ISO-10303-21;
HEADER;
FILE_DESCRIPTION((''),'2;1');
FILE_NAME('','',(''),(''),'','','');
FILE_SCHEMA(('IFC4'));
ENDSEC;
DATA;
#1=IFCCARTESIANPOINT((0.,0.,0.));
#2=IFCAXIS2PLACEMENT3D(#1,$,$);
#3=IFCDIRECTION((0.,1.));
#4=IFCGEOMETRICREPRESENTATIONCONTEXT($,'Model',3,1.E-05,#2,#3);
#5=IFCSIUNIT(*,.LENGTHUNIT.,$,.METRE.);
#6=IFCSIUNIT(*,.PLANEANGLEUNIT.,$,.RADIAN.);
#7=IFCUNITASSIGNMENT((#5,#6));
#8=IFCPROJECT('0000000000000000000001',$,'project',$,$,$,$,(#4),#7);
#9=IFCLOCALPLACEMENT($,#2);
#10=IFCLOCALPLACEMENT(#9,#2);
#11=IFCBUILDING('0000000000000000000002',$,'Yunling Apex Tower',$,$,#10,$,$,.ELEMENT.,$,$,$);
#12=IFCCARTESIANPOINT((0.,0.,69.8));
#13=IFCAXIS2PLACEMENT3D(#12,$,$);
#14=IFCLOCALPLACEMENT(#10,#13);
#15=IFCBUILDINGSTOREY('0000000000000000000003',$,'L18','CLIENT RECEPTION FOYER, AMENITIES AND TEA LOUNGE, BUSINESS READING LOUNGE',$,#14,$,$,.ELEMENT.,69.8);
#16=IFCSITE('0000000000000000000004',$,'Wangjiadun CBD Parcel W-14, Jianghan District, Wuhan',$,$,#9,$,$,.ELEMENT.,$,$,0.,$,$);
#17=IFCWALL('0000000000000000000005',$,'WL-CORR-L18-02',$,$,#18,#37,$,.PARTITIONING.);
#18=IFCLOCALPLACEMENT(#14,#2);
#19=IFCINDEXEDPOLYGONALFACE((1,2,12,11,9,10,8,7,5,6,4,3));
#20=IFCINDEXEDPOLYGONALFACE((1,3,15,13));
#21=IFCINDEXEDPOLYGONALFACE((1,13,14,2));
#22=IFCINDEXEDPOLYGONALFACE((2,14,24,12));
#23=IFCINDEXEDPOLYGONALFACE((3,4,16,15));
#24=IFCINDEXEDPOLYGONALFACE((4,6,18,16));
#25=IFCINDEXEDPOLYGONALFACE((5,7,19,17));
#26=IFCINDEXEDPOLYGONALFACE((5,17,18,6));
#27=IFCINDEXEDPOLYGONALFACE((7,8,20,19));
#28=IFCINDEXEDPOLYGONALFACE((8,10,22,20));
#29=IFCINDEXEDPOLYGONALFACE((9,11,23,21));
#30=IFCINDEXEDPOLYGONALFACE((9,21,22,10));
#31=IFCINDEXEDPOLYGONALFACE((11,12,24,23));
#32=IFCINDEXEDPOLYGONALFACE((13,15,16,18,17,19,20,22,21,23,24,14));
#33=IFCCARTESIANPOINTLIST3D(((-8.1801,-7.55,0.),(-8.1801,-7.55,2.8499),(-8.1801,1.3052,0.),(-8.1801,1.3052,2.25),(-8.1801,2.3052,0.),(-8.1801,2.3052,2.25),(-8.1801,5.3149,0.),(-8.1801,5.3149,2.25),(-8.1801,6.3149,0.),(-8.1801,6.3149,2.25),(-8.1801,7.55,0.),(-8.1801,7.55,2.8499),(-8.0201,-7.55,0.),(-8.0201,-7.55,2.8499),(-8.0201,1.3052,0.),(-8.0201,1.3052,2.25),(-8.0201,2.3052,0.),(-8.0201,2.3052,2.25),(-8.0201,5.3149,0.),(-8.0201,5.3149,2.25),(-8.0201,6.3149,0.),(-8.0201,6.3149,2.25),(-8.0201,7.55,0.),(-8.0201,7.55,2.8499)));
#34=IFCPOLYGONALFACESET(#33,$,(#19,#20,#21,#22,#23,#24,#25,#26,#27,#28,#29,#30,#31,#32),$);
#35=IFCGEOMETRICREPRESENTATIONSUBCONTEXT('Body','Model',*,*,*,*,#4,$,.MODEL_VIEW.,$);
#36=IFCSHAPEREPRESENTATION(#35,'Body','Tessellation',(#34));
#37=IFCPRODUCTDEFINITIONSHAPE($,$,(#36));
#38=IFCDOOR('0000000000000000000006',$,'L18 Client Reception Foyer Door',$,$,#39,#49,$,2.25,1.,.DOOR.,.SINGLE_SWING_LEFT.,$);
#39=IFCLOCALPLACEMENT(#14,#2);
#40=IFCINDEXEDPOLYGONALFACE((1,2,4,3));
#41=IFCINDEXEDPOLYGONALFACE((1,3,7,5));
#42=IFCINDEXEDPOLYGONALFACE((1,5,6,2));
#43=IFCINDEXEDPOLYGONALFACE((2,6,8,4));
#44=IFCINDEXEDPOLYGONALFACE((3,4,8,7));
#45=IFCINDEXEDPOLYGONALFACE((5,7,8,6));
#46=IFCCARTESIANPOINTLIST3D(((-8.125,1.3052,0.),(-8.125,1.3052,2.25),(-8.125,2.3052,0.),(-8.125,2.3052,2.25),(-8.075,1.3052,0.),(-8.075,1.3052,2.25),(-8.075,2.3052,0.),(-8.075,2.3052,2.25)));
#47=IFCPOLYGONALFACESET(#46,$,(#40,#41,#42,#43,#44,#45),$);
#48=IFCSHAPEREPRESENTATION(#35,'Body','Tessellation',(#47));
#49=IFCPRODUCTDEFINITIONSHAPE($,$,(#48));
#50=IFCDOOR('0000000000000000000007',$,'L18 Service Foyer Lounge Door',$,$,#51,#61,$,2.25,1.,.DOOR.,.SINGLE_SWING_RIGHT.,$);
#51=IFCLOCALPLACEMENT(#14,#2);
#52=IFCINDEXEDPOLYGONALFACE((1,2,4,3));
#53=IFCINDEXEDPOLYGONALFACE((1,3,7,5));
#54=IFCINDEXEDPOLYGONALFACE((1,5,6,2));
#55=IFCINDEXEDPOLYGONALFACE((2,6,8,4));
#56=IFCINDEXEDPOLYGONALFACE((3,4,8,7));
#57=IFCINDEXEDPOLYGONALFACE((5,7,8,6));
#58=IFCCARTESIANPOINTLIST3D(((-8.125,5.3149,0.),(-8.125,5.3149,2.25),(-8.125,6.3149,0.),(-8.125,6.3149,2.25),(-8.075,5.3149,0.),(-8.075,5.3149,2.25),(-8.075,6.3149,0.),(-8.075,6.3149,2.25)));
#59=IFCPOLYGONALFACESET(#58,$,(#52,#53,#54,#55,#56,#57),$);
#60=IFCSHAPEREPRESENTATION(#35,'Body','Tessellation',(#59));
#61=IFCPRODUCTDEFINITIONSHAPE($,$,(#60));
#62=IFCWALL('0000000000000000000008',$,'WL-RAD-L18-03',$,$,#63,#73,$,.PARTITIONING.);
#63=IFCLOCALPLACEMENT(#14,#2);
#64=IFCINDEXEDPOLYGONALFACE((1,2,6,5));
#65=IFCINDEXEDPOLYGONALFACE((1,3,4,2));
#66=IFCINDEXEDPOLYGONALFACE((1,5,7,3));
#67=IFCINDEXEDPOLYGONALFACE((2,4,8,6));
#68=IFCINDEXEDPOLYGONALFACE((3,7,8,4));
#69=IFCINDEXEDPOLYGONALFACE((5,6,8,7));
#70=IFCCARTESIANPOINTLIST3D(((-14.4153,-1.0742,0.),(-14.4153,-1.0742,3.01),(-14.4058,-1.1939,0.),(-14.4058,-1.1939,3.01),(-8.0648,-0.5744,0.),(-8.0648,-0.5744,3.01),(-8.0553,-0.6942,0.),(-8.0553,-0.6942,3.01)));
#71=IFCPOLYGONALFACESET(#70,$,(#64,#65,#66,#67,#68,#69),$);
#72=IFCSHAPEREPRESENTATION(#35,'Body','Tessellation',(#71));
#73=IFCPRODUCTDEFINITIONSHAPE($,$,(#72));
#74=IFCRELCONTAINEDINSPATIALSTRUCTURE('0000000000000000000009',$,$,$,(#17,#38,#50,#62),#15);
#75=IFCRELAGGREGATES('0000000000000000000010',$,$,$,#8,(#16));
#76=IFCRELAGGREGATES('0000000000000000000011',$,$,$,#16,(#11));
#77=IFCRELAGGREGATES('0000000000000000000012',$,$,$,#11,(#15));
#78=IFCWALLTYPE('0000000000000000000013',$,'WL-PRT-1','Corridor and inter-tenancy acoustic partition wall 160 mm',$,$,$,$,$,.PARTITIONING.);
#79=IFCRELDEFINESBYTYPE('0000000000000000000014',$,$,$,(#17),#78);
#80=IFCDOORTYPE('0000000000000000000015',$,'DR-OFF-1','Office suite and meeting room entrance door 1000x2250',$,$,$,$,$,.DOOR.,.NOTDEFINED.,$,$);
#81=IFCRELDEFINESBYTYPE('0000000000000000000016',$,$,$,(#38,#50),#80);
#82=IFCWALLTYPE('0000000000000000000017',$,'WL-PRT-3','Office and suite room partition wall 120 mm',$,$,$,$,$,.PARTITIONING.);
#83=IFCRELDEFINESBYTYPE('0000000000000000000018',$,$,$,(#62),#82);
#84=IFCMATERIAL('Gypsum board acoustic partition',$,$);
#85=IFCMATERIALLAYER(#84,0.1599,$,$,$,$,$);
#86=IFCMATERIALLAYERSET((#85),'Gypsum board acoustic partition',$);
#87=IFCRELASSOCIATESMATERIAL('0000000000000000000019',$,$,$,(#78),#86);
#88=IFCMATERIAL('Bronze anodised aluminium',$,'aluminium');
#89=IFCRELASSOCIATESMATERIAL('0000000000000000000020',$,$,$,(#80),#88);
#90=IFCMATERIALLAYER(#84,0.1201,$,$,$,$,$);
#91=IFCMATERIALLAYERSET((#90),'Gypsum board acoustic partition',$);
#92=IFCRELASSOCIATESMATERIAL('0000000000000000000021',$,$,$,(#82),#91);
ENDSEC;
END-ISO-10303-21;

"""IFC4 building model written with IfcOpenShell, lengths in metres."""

from ifc_helpers import new_model, si_unit, direction, frame, frame_2d, origin, place, context, subcontext, project, spatial, rectangle, extrude, material, layer, layer_set, type_object, element, fill, save


model = new_model("IFC4")

# Units and contexts
model_context = context("Model", 3, precision=1e-05, world=origin(), true_north=direction((0.0, 1.0)))
body_context = subcontext(model_context, "Body", "Model", "MODEL_VIEW")
ifc_project = project(units=[si_unit("LENGTHUNIT", "METRE"), si_unit("PLANEANGLEUNIT", "RADIAN")], contexts=[model_context])

# Site, building, storey
site_placement = place(None, origin())
site = spatial("IfcSite", under=ifc_project, at=site_placement, Name="Wangjiadun CBD Parcel W-14, Jianghan District, Wuhan", CompositionType="ELEMENT", RefElevation=0.0)
building_placement = place(site_placement, origin())
building = spatial("IfcBuilding", under=site, at=building_placement, Name="Yunling Apex Tower", CompositionType="ELEMENT")
storey_placement = place(building_placement, frame((0.0, 0.0, 69.8)))
storey = spatial("IfcBuildingStorey", under=building, at=storey_placement, Name="L18", Description="CLIENT RECEPTION FOYER, AMENITIES AND TEA LOUNGE, BUSINESS READING LOUNGE", CompositionType="ELEMENT", Elevation=69.8)

# Shared definitions
ifc_material_1 = material(Name="Bronze anodised aluminium", Category="aluminium")

# Wall, openings, doors
ifc_material_2 = material(Name="Gypsum board acoustic partition")
ifc_layer_1 = layer(ifc_material_2, 0.1599)
ifc_layer_set_1 = layer_set([ifc_layer_1], Name="Gypsum board acoustic partition")
wall_type_1 = type_object("IfcWallType", Name="WL-PRT-1", Description="Corridor and inter-tenancy acoustic partition wall 160 mm", PredefinedType="PARTITIONING", material=ifc_layer_set_1)
wall_1_placement = place(storey_placement, frame((-8.1001, -7.55, 0.0), z_axis=(0.0, 0.0, 1.0), x_axis=(0.0, 1.0, 0.0)))
wall_1 = element("IfcWall", 1, at=wall_1_placement, inside=storey, type_object=wall_type_1, Name="WL-CORR-L18-02", PredefinedType="PARTITIONING", context=body_context, shape_type="SweptSolid", body=[
    extrude(rectangle(XDim=15.1001, YDim=0.1599, at=frame_2d((7.55, 0.0))), origin(), (0.0, 0.0, 1.0), 2.8499),
])
opening_1_placement = place(wall_1_placement, frame((8.8552, 0.0, 0.0)))
opening_1 = element("IfcOpeningElement", 2, at=opening_1_placement, cuts=wall_1, PredefinedType="OPENING", context=body_context, shape_type="SweptSolid", body=[
    extrude(rectangle(XDim=1.0, YDim=2.25, at=frame_2d((0.5, 1.125))), frame((0.0, 0.0898, 0.0), z_axis=(0.0, -1.0, 0.0), x_axis=(1.0, 0.0, 0.0)), (0.0, 0.0, 1.0), 0.1799),
])
opening_2_placement = place(wall_1_placement, frame((12.865, 0.0, 0.0)))
opening_2 = element("IfcOpeningElement", 3, at=opening_2_placement, cuts=wall_1, PredefinedType="OPENING", context=body_context, shape_type="SweptSolid", body=[
    extrude(rectangle(XDim=1.0, YDim=2.25, at=frame_2d((0.5, 1.125))), frame((0.0, 0.0898, 0.0), z_axis=(0.0, -1.0, 0.0), x_axis=(1.0, 0.0, 0.0)), (0.0, 0.0, 1.0), 0.1799),
])
door_type = type_object("IfcDoorType", Name="DR-OFF-1", Description="Office suite and meeting room entrance door 1000x2250", OperationType="NOTDEFINED", PredefinedType="DOOR", material=ifc_material_1)
door_1_placement = place(opening_1_placement, origin())
door_1 = element("IfcDoor", 4, at=door_1_placement, inside=storey, type_object=door_type, Name="L18 Client Reception Foyer Door", OperationType="SINGLE_SWING_LEFT", OverallHeight=2.25, OverallWidth=1.0, PredefinedType="DOOR", context=body_context, shape_type="SweptSolid", body=[
    extrude(rectangle(XDim=1.0, YDim=2.25, at=frame_2d((0.5, 1.125))), frame((0.0, 0.0249, 0.0), z_axis=(0.0, -1.0, 0.0), x_axis=(1.0, 0.0, 0.0)), (0.0, 0.0, 1.0), 0.05),
])
fill(opening_1, door_1)
door_2_placement = place(opening_2_placement, origin())
door_2 = element("IfcDoor", 5, at=door_2_placement, inside=storey, type_object=door_type, Name="L18 Service Foyer Lounge Door", OperationType="SINGLE_SWING_RIGHT", OverallHeight=2.25, OverallWidth=1.0, PredefinedType="DOOR", context=body_context, shape_type="SweptSolid", body=[
    extrude(rectangle(XDim=1.0, YDim=2.25, at=frame_2d((0.5, 1.125))), frame((0.0, 0.0249, 0.0), z_axis=(0.0, -1.0, 0.0), x_axis=(1.0, 0.0, 0.0)), (0.0, 0.0, 1.0), 0.05),
])
fill(opening_2, door_2)

# Wall
ifc_layer_2 = layer(ifc_material_2, 0.1201)
ifc_layer_set_2 = layer_set([ifc_layer_2], Name="Gypsum board acoustic partition")
wall_type_2 = type_object("IfcWallType", Name="WL-PRT-3", Description="Office and suite room partition wall 120 mm", PredefinedType="PARTITIONING", material=ifc_layer_set_2)
wall_2_placement = place(storey_placement, frame((-8.0601, -0.6343, 0.0), z_axis=(0.0, 0.0, 1.0), x_axis=(-0.996918, -0.078452, 0.0)))
element("IfcWall", 6, at=wall_2_placement, inside=storey, type_object=wall_type_2, Name="WL-RAD-L18-03", PredefinedType="PARTITIONING", context=body_context, shape_type="SweptSolid", body=[
    extrude(rectangle(XDim=6.3701, YDim=0.1201, at=frame_2d((3.1851, 0.0))), origin(), (0.0, 0.0, 1.0), 3.01),
])

save(model, "model.ifc")
